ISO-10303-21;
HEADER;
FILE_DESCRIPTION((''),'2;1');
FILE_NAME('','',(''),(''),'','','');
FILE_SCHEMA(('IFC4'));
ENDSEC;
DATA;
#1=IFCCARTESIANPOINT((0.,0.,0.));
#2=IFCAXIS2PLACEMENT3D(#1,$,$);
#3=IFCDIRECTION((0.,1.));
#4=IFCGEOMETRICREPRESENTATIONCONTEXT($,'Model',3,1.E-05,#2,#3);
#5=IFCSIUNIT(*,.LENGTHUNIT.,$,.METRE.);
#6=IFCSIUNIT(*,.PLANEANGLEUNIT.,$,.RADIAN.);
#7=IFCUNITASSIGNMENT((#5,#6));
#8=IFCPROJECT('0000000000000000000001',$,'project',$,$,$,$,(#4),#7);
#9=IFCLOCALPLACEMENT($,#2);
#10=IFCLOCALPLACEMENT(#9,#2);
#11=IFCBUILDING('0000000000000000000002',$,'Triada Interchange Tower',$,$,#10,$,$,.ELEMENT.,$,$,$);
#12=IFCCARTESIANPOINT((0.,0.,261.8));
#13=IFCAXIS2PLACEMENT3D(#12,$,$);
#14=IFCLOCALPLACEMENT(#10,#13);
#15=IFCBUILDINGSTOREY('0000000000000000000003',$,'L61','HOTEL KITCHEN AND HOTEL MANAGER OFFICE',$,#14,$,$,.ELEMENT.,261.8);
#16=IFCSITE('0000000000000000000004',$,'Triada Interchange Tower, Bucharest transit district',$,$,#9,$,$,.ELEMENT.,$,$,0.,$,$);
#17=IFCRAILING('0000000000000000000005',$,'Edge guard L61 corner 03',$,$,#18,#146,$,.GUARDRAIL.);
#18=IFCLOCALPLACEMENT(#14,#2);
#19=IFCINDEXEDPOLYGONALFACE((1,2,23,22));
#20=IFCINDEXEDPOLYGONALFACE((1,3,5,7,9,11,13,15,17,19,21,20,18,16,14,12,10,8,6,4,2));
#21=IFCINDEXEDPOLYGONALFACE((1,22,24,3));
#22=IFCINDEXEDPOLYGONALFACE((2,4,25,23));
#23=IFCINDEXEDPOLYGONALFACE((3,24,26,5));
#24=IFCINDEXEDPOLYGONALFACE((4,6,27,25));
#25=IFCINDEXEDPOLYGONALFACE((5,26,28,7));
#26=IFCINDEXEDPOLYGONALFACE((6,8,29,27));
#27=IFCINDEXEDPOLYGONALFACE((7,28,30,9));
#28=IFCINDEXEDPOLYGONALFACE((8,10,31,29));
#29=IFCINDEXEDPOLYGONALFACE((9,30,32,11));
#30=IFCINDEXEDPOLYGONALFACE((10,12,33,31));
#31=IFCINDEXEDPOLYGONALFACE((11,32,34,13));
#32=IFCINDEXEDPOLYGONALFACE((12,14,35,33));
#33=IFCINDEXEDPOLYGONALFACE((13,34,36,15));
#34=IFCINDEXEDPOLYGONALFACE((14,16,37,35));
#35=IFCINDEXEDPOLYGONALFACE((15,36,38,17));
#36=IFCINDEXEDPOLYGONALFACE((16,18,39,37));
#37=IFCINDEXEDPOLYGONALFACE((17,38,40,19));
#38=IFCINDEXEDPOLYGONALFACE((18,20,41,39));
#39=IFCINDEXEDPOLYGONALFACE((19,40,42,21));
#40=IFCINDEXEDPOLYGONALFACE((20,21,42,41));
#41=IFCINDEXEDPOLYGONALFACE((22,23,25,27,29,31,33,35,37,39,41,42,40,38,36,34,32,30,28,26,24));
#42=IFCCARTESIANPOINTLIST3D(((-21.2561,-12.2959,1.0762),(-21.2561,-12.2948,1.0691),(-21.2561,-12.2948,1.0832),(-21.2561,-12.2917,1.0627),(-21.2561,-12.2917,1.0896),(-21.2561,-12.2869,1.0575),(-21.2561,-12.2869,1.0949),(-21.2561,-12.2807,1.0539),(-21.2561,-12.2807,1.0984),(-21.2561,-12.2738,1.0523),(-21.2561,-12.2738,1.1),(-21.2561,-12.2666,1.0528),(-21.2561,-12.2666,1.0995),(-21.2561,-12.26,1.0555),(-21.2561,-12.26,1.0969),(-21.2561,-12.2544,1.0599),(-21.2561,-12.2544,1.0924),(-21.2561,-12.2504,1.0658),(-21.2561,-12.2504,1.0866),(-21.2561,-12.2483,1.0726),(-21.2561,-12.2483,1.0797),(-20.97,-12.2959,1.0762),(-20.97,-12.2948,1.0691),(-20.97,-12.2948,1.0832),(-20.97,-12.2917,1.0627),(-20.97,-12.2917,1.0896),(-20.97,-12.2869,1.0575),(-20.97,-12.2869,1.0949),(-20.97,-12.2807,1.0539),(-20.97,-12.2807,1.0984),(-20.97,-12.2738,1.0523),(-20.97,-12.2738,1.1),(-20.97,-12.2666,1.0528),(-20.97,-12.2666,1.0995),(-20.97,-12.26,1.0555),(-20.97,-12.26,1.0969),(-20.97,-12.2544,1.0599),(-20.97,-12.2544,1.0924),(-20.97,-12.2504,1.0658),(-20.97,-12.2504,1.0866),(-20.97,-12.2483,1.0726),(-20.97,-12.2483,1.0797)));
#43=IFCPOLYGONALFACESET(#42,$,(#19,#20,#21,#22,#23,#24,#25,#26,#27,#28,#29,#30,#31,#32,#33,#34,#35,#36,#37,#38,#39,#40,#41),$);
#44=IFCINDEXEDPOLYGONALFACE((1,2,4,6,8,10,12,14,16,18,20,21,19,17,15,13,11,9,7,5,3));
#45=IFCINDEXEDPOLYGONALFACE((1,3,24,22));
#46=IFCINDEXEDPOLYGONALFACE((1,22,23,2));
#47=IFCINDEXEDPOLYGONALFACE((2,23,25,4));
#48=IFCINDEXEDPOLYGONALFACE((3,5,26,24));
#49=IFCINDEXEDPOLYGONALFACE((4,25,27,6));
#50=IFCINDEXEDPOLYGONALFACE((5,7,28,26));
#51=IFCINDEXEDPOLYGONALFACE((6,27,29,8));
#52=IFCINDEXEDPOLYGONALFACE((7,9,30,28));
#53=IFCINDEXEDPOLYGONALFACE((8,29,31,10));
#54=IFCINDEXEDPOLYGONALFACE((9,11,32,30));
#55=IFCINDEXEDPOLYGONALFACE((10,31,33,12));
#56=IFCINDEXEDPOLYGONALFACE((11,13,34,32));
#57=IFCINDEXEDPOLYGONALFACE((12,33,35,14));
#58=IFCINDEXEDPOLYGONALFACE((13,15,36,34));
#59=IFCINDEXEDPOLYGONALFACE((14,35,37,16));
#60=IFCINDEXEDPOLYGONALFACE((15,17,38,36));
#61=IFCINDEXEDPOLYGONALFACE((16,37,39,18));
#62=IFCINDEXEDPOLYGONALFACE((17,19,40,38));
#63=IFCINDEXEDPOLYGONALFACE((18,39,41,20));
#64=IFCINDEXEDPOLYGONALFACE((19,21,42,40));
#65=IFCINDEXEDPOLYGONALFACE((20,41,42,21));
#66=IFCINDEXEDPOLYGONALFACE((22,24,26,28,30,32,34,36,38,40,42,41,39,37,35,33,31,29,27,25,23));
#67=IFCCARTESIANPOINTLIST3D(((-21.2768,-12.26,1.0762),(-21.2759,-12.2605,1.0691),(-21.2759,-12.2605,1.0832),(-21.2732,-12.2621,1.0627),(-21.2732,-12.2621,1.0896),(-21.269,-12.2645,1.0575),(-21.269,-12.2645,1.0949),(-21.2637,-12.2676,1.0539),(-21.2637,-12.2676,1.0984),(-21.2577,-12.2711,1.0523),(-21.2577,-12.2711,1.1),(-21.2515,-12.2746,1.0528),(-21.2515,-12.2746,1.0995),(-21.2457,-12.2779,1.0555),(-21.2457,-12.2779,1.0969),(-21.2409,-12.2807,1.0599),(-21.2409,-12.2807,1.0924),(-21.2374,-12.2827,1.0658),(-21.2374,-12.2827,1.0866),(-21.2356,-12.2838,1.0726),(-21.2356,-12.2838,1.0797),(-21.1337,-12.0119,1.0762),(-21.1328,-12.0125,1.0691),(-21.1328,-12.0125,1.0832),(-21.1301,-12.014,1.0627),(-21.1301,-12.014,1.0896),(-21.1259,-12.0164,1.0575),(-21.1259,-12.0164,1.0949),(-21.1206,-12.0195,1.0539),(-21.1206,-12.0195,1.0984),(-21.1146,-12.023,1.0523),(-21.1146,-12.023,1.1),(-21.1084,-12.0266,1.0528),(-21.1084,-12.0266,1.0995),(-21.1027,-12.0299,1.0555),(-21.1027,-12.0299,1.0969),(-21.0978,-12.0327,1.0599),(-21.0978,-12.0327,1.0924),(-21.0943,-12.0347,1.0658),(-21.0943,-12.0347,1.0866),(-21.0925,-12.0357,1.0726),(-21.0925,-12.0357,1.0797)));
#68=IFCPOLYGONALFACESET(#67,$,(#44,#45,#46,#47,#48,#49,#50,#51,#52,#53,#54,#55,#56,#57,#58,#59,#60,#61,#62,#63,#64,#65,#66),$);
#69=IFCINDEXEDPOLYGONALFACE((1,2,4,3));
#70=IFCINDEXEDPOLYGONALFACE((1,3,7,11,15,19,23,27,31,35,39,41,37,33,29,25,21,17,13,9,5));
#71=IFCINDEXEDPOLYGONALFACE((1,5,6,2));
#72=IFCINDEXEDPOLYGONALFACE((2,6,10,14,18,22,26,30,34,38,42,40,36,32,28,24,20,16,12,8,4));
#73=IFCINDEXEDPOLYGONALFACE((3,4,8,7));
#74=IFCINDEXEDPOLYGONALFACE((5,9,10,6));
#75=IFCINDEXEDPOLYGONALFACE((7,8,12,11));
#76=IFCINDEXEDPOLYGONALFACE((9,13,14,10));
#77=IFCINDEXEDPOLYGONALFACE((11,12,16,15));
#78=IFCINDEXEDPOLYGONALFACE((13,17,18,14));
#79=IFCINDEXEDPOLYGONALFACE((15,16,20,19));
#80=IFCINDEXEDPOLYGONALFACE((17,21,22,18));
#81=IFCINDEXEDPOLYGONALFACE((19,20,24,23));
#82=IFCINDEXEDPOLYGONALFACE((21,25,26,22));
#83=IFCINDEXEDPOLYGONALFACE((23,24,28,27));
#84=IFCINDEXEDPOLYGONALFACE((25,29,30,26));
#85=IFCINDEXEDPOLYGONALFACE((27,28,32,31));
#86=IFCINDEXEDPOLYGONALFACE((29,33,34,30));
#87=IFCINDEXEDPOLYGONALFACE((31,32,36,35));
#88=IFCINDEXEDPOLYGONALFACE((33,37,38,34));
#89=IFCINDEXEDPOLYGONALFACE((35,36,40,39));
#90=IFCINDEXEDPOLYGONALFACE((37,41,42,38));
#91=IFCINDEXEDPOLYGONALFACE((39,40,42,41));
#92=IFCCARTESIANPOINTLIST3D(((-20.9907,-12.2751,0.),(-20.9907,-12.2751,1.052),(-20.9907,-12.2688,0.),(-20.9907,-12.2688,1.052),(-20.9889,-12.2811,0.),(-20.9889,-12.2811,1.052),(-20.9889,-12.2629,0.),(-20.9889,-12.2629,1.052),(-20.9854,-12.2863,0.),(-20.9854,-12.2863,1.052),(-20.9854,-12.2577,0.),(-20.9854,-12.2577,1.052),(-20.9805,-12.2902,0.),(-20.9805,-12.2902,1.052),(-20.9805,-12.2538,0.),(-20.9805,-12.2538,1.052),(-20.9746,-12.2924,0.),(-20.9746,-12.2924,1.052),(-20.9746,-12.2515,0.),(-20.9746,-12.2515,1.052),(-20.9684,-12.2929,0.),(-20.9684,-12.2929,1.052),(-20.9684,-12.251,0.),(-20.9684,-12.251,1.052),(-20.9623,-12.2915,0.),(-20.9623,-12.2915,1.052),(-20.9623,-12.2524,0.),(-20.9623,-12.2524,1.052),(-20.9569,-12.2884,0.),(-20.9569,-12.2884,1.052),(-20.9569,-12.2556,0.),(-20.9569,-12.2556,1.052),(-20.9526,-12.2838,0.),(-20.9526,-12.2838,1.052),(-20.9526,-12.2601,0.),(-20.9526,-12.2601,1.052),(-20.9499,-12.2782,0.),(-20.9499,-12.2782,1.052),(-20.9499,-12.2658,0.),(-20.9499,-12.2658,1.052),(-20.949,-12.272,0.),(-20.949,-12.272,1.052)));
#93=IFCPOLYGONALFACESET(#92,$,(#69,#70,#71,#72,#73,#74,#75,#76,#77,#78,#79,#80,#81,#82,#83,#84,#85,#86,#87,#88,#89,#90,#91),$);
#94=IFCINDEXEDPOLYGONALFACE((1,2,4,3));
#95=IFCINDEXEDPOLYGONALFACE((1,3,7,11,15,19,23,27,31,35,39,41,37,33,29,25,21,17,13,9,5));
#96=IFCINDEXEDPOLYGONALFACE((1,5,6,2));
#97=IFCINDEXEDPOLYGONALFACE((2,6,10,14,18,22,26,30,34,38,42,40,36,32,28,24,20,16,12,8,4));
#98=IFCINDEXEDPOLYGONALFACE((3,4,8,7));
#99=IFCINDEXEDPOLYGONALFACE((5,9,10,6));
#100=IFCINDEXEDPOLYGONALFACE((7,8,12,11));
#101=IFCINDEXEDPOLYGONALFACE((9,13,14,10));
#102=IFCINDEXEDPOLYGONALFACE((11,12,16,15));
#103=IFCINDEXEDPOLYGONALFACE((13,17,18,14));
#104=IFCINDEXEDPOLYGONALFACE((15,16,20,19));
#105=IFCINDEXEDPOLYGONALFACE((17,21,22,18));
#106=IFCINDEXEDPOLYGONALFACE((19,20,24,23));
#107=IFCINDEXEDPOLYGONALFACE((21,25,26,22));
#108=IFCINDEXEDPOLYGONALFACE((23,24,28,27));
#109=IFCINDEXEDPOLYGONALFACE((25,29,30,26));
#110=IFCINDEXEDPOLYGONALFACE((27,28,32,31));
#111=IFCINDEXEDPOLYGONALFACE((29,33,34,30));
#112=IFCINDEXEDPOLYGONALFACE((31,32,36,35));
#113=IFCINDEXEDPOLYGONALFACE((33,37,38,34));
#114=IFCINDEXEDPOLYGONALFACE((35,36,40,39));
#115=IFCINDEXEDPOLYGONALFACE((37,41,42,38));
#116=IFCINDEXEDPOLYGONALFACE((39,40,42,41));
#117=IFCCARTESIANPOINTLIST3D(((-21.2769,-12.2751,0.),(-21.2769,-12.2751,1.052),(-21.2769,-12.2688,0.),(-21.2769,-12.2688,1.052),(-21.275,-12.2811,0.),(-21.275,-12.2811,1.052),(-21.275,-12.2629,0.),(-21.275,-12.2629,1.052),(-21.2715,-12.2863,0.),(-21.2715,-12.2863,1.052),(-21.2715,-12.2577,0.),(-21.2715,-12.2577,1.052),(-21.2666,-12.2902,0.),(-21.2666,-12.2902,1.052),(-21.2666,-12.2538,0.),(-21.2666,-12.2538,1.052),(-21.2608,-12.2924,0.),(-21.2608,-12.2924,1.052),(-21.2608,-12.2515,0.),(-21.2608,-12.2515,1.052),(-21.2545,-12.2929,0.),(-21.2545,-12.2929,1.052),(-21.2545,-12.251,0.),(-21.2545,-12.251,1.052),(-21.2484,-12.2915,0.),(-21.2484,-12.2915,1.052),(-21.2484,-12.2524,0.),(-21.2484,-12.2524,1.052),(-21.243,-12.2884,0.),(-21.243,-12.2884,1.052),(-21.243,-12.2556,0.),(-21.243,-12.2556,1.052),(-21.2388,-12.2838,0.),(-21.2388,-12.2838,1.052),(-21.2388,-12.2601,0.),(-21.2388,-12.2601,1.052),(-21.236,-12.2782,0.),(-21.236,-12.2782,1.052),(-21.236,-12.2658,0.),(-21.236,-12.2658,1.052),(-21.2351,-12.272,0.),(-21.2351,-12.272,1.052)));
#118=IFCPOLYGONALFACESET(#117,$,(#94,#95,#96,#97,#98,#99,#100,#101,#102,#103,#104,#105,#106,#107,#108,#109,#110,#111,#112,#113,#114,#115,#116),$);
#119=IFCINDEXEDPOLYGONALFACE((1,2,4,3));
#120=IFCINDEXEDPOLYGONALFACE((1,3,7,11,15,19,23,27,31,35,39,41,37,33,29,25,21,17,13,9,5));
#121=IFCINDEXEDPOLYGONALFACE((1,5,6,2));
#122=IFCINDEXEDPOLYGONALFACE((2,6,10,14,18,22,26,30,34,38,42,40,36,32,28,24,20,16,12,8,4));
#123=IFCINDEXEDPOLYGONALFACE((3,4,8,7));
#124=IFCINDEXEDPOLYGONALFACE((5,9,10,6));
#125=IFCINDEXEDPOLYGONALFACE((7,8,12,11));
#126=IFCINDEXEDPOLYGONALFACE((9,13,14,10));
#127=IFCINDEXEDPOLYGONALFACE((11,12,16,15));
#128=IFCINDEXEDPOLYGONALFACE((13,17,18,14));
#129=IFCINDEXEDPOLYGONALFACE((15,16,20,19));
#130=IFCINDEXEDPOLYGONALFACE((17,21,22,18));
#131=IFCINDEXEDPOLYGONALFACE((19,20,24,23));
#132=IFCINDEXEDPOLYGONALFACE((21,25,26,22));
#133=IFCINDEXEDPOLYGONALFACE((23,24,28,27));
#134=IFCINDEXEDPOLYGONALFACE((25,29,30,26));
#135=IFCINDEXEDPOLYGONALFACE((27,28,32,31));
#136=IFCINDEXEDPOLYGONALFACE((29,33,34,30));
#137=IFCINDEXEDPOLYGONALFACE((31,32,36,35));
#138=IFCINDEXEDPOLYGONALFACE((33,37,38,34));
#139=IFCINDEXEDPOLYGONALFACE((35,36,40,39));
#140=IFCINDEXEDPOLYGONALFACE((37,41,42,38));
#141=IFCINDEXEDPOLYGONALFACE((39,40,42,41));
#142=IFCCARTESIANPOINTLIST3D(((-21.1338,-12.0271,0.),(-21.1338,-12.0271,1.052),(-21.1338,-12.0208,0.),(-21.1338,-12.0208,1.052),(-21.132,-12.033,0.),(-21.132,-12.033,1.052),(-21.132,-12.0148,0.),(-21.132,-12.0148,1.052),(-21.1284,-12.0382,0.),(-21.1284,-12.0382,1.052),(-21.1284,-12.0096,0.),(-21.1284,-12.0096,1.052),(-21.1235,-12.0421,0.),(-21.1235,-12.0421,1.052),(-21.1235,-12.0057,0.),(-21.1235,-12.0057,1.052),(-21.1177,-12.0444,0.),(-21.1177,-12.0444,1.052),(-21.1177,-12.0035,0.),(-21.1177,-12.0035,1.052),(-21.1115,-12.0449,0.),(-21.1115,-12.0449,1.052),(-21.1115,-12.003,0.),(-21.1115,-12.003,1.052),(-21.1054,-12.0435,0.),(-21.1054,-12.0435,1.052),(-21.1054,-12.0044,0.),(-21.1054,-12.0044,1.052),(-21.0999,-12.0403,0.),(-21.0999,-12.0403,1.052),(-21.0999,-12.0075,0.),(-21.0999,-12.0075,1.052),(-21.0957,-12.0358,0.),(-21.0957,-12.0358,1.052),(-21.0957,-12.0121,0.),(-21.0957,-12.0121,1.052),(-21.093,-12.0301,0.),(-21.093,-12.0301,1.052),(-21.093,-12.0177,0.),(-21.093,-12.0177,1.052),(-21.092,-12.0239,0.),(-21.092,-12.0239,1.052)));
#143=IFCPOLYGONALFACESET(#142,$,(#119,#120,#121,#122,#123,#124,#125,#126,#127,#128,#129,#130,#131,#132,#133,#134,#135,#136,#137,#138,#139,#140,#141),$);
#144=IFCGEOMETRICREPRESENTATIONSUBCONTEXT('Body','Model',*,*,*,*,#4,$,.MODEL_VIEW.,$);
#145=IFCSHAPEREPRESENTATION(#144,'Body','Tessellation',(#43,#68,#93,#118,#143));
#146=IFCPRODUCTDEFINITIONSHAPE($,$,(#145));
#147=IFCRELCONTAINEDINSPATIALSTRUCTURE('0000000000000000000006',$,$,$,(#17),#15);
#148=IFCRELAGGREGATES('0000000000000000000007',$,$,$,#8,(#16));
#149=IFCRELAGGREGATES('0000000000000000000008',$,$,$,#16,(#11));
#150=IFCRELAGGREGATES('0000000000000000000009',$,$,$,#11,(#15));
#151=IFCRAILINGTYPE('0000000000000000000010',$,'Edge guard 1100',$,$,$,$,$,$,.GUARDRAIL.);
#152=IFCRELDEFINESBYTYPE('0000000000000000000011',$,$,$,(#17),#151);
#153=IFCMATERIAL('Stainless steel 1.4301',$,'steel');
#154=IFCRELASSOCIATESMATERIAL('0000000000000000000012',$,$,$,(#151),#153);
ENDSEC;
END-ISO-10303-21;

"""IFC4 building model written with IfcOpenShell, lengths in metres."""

from ifc_helpers import new_model, si_unit, direction, frame, origin, origin_2d, place, context, subcontext, project, spatial, circle, extrude, material, type_object, element, save


model = new_model("IFC4")

# Units and contexts
model_context = context("Model", 3, precision=1e-05, world=origin(), true_north=direction((0.0, 1.0)))
body_context = subcontext(model_context, "Body", "Model", "MODEL_VIEW")
ifc_project = project(units=[si_unit("LENGTHUNIT", "METRE"), si_unit("PLANEANGLEUNIT", "RADIAN")], contexts=[model_context])

# Site, building, storey
site_placement = place(None, origin())
site = spatial("IfcSite", under=ifc_project, at=site_placement, Name="Triada Interchange Tower, Bucharest transit district", CompositionType="ELEMENT", RefElevation=0.0)
building_placement = place(site_placement, origin())
building = spatial("IfcBuilding", under=site, at=building_placement, Name="Triada Interchange Tower", CompositionType="ELEMENT")
storey_placement = place(building_placement, frame((0.0, 0.0, 261.8)))
storey = spatial("IfcBuildingStorey", under=building, at=storey_placement, Name="L61", Description="HOTEL KITCHEN AND HOTEL MANAGER OFFICE", CompositionType="ELEMENT", Elevation=261.8)

# Railing
ifc_material_1 = material(Name="Stainless steel 1.4301", Category="steel")
railing_type = type_object("IfcRailingType", Name="Edge guard 1100", PredefinedType="GUARDRAIL", material=ifc_material_1)
railing_1_placement = place(storey_placement, frame((-20.97, -12.272, 0.0)))
element("IfcRailing", 1, at=railing_1_placement, inside=storey, type_object=railing_type, Name="Edge guard L61 corner 03", PredefinedType="GUARDRAIL", context=body_context, shape_type="SweptSolid", body=[
    extrude(circle(Radius=0.0239, at=origin_2d()), frame((0.0, 0.0, 1.0762), z_axis=(-1.0, 0.0, 0.0), x_axis=(0.0, -1.0, 0.0)), (0.0, 0.0, 1.0), 0.2861),
    extrude(circle(Radius=0.0239, at=origin_2d()), frame((-0.2861, 0.0, 1.0762), z_axis=(0.499624, 0.866242, 0.0), x_axis=(-0.866242, 0.499624, 0.0)), (0.0, 0.0, 1.0), 0.2864),
    extrude(circle(Radius=0.021, at=origin_2d()), origin(), (0.0, 0.0, 1.0), 1.052),
    extrude(circle(Radius=0.021, at=origin_2d()), frame((-0.2861, 0.0, 0.0)), (0.0, 0.0, 1.0), 1.052),
    extrude(circle(Radius=0.021, at=origin_2d()), frame((-0.1431, 0.248, 0.0)), (0.0, 0.0, 1.0), 1.052),
])

save(model, "model.ifc")
